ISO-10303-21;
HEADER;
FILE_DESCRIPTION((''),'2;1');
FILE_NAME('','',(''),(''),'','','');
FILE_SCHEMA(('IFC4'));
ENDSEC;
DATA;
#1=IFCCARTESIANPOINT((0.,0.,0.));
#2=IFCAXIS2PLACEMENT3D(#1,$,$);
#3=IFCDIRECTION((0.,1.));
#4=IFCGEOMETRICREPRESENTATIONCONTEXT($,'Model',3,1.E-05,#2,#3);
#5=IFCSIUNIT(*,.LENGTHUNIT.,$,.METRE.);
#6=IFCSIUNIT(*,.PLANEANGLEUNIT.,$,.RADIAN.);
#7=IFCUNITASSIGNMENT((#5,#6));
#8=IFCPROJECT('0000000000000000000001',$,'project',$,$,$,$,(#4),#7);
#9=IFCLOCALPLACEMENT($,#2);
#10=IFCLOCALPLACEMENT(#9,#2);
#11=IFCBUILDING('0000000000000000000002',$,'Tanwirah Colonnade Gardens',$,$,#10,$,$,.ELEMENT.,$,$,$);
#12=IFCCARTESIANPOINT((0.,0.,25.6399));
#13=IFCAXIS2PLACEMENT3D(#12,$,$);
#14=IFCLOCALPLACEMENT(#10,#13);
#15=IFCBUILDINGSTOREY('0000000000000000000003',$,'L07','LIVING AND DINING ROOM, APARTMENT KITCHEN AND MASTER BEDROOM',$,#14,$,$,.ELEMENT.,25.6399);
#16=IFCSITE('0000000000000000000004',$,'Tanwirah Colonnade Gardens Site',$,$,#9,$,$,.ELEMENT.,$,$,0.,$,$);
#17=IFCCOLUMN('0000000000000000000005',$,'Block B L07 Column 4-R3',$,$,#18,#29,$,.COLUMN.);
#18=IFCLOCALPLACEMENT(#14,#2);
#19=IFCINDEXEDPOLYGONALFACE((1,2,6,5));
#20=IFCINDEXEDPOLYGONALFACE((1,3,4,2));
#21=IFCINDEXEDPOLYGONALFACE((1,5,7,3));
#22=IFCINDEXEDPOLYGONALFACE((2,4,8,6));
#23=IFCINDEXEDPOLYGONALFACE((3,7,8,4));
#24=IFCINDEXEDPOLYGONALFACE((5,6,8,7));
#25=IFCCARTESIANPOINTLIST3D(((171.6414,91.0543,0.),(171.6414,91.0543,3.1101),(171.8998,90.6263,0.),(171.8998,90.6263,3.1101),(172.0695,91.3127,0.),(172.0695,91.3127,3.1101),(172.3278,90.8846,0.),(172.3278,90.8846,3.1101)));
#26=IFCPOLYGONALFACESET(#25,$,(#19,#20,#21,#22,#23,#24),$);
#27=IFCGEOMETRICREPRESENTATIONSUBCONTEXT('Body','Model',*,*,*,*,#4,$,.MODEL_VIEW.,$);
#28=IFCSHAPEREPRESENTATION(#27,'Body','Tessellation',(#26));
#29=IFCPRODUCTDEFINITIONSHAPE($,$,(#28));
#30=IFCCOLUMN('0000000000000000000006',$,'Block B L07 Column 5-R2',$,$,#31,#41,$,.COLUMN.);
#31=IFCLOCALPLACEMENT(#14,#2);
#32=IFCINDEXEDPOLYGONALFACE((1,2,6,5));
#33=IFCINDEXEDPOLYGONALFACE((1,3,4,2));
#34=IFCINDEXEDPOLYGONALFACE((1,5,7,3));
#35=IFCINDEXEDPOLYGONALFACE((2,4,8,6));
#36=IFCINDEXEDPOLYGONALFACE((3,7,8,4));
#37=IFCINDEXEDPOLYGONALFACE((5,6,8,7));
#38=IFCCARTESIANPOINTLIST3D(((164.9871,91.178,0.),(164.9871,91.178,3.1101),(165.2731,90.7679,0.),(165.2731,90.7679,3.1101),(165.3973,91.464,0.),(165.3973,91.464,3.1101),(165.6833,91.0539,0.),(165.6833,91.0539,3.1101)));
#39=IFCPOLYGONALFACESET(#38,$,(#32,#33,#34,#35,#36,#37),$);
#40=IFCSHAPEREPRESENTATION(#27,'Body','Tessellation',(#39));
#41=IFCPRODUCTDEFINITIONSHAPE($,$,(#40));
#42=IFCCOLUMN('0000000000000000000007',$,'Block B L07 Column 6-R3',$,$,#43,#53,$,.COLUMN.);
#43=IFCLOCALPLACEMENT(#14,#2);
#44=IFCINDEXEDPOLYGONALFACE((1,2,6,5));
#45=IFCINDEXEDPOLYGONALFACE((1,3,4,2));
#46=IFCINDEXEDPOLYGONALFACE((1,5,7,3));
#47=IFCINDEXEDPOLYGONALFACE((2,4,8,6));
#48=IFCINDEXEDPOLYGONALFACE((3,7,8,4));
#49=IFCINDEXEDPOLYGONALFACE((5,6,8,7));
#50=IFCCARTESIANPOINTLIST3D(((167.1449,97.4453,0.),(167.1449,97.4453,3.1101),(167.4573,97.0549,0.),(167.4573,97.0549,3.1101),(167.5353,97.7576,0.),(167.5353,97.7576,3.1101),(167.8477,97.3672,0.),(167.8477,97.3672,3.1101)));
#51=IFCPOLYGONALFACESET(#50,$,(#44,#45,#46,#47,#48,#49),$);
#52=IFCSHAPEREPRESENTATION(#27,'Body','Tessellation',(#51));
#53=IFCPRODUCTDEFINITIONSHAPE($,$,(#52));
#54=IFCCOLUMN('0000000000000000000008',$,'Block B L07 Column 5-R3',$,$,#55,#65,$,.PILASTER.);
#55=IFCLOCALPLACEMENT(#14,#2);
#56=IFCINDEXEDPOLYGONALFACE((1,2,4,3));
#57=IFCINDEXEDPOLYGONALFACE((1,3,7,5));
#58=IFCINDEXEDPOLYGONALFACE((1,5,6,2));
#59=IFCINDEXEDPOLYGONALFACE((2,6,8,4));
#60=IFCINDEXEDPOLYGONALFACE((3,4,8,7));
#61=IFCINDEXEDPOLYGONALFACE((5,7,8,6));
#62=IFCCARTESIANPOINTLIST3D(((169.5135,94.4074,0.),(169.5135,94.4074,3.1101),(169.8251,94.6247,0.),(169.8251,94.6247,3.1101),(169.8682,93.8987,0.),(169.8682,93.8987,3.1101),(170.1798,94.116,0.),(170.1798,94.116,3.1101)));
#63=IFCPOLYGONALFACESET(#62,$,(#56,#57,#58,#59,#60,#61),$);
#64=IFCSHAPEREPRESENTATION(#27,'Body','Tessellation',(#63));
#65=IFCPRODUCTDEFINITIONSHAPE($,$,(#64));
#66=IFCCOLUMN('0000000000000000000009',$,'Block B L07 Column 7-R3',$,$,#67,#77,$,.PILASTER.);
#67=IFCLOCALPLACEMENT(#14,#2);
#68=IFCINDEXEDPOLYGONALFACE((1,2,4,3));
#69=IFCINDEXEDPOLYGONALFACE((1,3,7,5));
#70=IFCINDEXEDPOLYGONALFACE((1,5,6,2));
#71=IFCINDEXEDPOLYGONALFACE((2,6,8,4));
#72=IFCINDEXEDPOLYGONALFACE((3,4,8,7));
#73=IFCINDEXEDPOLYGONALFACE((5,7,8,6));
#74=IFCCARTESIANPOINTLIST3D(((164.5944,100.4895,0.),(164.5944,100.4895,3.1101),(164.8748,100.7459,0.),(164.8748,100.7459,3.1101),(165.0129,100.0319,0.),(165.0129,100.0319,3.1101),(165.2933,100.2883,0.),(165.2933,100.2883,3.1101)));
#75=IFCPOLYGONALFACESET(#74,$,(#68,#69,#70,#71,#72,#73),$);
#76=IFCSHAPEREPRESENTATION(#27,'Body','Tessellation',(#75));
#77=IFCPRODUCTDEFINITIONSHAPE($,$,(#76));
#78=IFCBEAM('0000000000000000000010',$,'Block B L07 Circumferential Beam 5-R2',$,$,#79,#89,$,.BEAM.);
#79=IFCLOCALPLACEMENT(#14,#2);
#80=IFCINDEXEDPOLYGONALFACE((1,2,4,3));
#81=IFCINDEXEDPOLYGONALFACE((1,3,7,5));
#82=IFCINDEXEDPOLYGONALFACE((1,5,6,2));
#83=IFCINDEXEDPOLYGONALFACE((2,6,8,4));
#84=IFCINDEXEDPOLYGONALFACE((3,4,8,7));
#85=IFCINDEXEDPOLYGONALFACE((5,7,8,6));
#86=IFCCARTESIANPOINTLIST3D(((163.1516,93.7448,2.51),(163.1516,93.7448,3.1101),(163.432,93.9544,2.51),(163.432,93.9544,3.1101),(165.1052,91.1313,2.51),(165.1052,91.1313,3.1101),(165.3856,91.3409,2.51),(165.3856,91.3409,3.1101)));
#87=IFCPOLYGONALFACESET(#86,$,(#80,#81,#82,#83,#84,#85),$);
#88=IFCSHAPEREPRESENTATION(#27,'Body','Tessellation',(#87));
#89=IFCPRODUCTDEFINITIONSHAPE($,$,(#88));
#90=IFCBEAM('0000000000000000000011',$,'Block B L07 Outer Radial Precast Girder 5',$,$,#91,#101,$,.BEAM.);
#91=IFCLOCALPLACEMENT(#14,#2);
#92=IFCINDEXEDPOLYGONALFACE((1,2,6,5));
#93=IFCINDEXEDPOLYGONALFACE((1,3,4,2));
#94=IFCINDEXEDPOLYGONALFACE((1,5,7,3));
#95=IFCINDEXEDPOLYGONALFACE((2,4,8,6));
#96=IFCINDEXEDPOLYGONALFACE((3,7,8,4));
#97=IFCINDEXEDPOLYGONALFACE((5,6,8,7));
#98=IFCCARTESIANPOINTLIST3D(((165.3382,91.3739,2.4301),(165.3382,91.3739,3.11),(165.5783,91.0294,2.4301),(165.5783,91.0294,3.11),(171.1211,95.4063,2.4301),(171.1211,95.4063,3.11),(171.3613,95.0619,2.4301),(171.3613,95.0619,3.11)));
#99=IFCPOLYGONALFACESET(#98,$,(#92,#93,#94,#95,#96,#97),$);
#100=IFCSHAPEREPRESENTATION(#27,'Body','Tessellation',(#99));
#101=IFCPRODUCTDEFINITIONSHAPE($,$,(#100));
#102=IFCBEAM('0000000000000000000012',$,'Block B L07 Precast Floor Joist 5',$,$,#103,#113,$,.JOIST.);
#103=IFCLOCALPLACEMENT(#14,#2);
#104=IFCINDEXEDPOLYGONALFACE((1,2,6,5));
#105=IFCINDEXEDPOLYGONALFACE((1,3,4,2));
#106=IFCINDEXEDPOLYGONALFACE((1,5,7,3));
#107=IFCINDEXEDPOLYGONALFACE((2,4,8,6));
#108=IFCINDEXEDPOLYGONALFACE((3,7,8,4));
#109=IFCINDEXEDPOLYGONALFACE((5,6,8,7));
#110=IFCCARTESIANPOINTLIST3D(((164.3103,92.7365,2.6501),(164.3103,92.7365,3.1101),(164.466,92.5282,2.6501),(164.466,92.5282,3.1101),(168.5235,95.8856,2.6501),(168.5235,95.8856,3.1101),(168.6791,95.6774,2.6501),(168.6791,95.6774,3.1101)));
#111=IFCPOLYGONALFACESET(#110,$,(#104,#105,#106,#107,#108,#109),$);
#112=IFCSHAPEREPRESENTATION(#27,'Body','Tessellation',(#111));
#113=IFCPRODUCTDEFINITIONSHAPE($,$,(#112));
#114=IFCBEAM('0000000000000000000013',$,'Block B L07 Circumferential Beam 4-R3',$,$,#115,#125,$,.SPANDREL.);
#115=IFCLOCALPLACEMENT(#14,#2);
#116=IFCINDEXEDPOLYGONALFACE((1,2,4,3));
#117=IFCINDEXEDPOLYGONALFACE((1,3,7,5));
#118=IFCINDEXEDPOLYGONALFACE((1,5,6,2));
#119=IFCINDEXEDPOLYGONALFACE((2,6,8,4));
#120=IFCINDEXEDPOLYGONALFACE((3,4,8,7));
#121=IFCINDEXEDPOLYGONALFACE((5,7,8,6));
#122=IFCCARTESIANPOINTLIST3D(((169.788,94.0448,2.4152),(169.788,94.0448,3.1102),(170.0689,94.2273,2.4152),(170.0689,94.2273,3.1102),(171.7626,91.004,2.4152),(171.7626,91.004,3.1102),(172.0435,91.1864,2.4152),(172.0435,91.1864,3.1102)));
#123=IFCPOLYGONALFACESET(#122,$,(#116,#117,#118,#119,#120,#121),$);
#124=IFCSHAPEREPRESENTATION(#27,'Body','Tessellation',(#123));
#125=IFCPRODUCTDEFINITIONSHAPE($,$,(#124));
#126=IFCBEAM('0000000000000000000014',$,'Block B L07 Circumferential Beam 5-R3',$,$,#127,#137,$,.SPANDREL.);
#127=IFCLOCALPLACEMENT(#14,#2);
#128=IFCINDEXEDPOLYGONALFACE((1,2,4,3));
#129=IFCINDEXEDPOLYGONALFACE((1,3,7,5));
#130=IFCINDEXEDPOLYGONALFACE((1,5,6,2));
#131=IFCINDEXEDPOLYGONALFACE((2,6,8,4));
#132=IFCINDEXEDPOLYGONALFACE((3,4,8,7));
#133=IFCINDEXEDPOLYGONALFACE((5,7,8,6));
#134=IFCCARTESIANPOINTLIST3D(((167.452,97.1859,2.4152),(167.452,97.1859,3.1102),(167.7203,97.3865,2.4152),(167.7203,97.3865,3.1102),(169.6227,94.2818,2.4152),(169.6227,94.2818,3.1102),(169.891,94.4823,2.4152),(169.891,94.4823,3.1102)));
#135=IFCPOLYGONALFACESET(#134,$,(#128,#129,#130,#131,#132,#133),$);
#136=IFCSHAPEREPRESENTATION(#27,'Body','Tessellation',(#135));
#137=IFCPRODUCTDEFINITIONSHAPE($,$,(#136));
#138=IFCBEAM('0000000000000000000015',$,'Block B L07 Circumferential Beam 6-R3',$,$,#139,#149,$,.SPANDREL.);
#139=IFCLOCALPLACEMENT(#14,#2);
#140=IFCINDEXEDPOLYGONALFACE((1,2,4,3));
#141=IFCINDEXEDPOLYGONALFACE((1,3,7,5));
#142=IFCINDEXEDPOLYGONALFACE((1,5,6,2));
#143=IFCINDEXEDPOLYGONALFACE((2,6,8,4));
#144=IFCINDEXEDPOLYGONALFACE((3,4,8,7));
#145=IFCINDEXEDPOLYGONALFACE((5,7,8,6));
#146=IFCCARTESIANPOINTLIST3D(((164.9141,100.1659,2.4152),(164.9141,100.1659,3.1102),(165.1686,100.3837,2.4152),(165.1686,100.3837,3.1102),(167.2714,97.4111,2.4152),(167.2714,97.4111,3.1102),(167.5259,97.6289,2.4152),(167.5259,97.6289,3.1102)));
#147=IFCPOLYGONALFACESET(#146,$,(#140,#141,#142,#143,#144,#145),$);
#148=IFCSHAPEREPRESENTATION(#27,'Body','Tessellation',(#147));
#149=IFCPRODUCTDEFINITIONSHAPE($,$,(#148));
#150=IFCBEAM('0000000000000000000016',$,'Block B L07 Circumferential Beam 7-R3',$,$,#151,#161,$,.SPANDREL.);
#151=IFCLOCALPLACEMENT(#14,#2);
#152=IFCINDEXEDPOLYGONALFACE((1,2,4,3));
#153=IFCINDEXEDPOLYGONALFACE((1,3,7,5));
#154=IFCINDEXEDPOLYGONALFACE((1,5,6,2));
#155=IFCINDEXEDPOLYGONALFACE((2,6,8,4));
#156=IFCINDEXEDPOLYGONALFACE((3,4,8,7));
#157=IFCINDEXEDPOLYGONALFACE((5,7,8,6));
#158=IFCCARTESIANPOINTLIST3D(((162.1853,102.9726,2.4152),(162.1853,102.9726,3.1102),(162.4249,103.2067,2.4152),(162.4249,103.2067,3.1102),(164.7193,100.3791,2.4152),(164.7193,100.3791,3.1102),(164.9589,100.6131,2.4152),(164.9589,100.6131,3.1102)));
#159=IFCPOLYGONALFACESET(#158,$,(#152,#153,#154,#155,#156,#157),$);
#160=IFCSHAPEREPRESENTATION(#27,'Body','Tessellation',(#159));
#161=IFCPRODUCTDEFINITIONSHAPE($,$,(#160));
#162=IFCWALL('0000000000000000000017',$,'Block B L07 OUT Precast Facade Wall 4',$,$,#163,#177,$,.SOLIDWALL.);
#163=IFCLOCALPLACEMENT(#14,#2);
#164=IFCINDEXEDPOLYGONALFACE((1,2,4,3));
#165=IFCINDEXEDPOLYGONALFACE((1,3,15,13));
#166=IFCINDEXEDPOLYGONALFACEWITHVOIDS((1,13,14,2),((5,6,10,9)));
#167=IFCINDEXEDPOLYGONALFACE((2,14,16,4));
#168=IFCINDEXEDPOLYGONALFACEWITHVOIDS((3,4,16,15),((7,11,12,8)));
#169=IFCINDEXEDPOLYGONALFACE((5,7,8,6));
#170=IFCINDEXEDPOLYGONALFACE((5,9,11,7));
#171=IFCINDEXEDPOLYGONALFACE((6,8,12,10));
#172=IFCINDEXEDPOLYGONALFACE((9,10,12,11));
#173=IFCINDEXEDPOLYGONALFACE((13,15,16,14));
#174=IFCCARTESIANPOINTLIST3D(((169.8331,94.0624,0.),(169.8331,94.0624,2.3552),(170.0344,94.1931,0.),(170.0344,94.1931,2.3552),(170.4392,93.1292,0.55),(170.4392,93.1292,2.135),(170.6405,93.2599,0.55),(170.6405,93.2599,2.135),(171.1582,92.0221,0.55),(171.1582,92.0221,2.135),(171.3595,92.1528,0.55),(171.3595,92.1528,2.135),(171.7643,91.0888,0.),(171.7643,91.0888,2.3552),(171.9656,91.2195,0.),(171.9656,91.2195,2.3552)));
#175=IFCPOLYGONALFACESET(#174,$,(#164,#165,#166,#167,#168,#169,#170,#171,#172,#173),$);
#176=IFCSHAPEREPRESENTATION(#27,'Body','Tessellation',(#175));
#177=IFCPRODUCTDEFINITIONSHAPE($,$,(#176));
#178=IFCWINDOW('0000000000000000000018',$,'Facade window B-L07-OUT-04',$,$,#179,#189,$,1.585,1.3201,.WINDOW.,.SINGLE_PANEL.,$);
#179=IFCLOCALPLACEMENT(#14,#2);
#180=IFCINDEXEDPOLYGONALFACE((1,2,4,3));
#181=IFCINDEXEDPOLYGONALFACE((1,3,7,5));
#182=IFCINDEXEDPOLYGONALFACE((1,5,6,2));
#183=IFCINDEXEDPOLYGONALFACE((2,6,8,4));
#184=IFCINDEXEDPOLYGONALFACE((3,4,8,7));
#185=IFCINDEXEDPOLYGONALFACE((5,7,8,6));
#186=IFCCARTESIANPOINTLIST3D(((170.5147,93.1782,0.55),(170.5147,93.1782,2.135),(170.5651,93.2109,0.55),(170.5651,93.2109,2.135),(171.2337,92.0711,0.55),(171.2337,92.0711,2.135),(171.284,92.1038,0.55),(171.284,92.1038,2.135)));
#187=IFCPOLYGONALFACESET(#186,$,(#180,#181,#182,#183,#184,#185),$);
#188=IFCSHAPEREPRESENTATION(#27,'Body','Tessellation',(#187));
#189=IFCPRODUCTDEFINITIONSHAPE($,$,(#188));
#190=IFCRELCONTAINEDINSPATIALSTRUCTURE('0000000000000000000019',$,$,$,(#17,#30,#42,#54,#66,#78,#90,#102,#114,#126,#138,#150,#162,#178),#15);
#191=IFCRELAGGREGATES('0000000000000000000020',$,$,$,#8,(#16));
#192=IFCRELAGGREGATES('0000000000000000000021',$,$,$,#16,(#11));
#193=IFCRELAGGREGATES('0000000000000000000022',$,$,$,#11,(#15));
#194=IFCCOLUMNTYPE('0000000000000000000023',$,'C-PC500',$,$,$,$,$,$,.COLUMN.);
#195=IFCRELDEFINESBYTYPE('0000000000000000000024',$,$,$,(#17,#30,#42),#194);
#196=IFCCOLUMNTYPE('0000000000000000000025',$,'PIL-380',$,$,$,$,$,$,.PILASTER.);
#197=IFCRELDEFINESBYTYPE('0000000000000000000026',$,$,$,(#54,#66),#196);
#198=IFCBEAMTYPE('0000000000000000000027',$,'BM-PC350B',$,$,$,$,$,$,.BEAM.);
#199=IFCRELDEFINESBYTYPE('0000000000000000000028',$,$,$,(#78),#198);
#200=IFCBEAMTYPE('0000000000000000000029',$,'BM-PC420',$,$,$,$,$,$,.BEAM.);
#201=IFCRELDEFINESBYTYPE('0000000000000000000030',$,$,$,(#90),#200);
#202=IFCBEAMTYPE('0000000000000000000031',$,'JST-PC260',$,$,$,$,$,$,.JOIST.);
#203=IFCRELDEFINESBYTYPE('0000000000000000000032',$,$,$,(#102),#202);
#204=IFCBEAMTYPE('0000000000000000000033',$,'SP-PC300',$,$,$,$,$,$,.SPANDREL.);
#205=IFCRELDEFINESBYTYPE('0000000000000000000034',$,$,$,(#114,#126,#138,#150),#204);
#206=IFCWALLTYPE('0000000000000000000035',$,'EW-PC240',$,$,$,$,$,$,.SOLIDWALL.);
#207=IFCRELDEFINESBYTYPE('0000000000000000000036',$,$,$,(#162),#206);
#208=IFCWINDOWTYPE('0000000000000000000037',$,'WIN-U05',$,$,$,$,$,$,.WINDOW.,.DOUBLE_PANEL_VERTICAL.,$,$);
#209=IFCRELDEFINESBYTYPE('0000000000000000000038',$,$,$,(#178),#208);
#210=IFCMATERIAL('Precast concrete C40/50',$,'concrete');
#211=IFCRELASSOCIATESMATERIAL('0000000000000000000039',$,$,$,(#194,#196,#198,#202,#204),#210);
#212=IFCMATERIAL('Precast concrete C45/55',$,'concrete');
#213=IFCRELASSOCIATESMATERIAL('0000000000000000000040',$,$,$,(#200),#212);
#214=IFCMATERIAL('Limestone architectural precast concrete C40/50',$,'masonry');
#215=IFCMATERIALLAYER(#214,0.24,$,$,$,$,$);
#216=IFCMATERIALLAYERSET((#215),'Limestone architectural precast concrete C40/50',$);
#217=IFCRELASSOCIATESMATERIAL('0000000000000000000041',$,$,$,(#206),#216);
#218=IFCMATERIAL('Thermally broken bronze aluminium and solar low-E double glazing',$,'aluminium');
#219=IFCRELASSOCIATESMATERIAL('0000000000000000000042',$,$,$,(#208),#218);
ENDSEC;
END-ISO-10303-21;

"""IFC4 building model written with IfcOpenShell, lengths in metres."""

from ifc_helpers import new_model, si_unit, direction, frame, frame_2d, origin, origin_2d, place, context, subcontext, project, spatial, rectangle, extrude, material, layer, layer_set, material_profile, profile_set, type_object, element, fill, save


model = new_model("IFC4")

# Units and contexts
model_context = context("Model", 3, precision=1e-05, world=origin(), true_north=direction((0.0, 1.0)))
body_context = subcontext(model_context, "Body", "Model", "MODEL_VIEW")
ifc_project = project(units=[si_unit("LENGTHUNIT", "METRE"), si_unit("PLANEANGLEUNIT", "RADIAN")], contexts=[model_context])

# Site, building, storey
site_placement = place(None, origin())
site = spatial("IfcSite", under=ifc_project, at=site_placement, Name="Tanwirah Colonnade Gardens Site", CompositionType="ELEMENT", RefElevation=0.0)
building_placement = place(site_placement, origin())
building = spatial("IfcBuilding", under=site, at=building_placement, Name="Tanwirah Colonnade Gardens", CompositionType="ELEMENT")
storey_placement = place(building_placement, frame((0.0, 0.0, 25.6399)))
storey = spatial("IfcBuildingStorey", under=building, at=storey_placement, Name="L07", Description="LIVING AND DINING ROOM, APARTMENT KITCHEN AND MASTER BEDROOM", CompositionType="ELEMENT", Elevation=25.6399)

# Columns
ifc_material_1 = material(Name="Precast concrete C40/50", Category="concrete")
ifc_material_profile_1 = material_profile(ifc_material_1, rectangle(XDim=0.5, YDim=0.5, at=origin_2d()), Name="PC-COL 500x500")
ifc_profile_set_1 = profile_set([ifc_material_profile_1], Name="Precast concrete C40/50")
column_type_1 = type_object("IfcColumnType", Name="C-PC500", PredefinedType="COLUMN", material=ifc_profile_set_1)
for number, where, z_axis, x_axis, name in (
    (1, (171.9846, 90.9695, 0.0), (0.0, 0.0, 1.0), (0.856167, 0.516699, 0.0), "Block B L07 Column 4-R3"),
    (2, (165.3352, 91.116, 0.0), (0.0, 0.0, 1.0), (0.820263, 0.571987, 0.0), "Block B L07 Column 5-R2"),
    (3, (167.4963, 97.4062, 0.0), (0.0, 0.0, 1.0), (0.780794, 0.624789, 0.0), "Block B L07 Column 6-R3"),
):
    element("IfcColumn", number, at=place(storey_placement, frame(where, z_axis=z_axis, x_axis=x_axis)), inside=storey, type_object=column_type_1, Name=name, PredefinedType="COLUMN", context=body_context, shape_type="SweptSolid", body=[
        extrude(rectangle(XDim=0.5, YDim=0.5, at=origin_2d()), origin(), (0.0, 0.0, 1.0), 3.1101),
    ])
ifc_material_profile_2 = material_profile(ifc_material_1, rectangle(XDim=0.3799, YDim=0.6201, at=origin_2d()), Name="PC-PIL 380x620")
ifc_profile_set_2 = profile_set([ifc_material_profile_2], Name="Precast concrete C40/50")
column_type_2 = type_object("IfcColumnType", Name="PIL-380", PredefinedType="PILASTER", material=ifc_profile_set_2)
for number, where, z_axis, x_axis, name in (
    (4, (169.8467, 94.2617, 0.0), (0.0, 0.0, 1.0), (0.820263, 0.571987, 0.0), "Block B L07 Column 5-R3"),
    (5, (164.9438, 100.3889, 0.0), (0.0, 0.0, 1.0), (0.737932, 0.674875, 0.0), "Block B L07 Column 7-R3"),
):
    element("IfcColumn", number, at=place(storey_placement, frame(where, z_axis=z_axis, x_axis=x_axis)), inside=storey, type_object=column_type_2, Name=name, PredefinedType="PILASTER", context=body_context, shape_type="SweptSolid", body=[
        extrude(rectangle(XDim=0.3799, YDim=0.6201, at=origin_2d()), origin(), (0.0, 0.0, 1.0), 3.1101),
    ])

# Beams
ifc_material_profile_3 = material_profile(ifc_material_1, rectangle(XDim=0.3501, YDim=0.6001, at=origin_2d()), Name="PC-BM 350x600")
ifc_profile_set_3 = profile_set([ifc_material_profile_3], Name="Precast concrete C40/50")
beam_type_1 = type_object("IfcBeamType", Name="BM-PC350B", PredefinedType="BEAM", material=ifc_profile_set_3)
beam_1_placement = place(storey_placement, frame((165.2454, 91.2361, 2.8101), z_axis=(-0.598718, 0.80096, 0.0), x_axis=(-0.80096, -0.598718, 0.0)))
element("IfcBeam", 6, at=beam_1_placement, inside=storey, type_object=beam_type_1, Name="Block B L07 Circumferential Beam 5-R2", PredefinedType="BEAM", context=body_context, shape_type="SweptSolid", body=[
    extrude(rectangle(XDim=0.3501, YDim=0.6001, at=origin_2d()), origin(), (0.0, 0.0, 1.0), 3.2629),
])
ifc_material_2 = material(Name="Precast concrete C45/55", Category="concrete")
ifc_material_profile_4 = material_profile(ifc_material_2, rectangle(XDim=0.4199, YDim=0.6799, at=origin_2d()), Name="PC-BM 420x680")
ifc_profile_set_4 = profile_set([ifc_material_profile_4], Name="Precast concrete C45/55")
beam_type_2 = type_object("IfcBeamType", Name="BM-PC420", PredefinedType="BEAM", material=ifc_profile_set_4)
beam_2_placement = place(storey_placement, frame((165.4583, 91.2017, 2.77), z_axis=(0.82027, 0.571976, 0.0), x_axis=(-0.571976, 0.82027, 0.0)))
element("IfcBeam", 7, at=beam_2_placement, inside=storey, type_object=beam_type_2, Name="Block B L07 Outer Radial Precast Girder 5", PredefinedType="BEAM", context=body_context, shape_type="SweptSolid", body=[
    extrude(rectangle(XDim=0.4199, YDim=0.6799, at=origin_2d()), origin(), (0.0, 0.0, 1.0), 7.05),
])
ifc_material_profile_5 = material_profile(ifc_material_1, rectangle(XDim=0.26, YDim=0.46, at=origin_2d()), Name="PC-JST 260x460")
ifc_profile_set_5 = profile_set([ifc_material_profile_5], Name="Precast concrete C40/50")
beam_type_3 = type_object("IfcBeamType", Name="JST-PC260", PredefinedType="JOIST", material=ifc_profile_set_5)
beam_3_placement = place(storey_placement, frame((164.3882, 92.6323, 2.8801), z_axis=(0.800974, 0.5987, 0.0), x_axis=(-0.5987, 0.800974, 0.0)))
element("IfcBeam", 8, at=beam_3_placement, inside=storey, type_object=beam_type_3, Name="Block B L07 Precast Floor Joist 5", PredefinedType="JOIST", context=body_context, shape_type="SweptSolid", body=[
    extrude(rectangle(XDim=0.26, YDim=0.46, at=origin_2d()), origin(), (0.0, 0.0, 1.0), 5.26),
])
ifc_material_profile_6 = material_profile(ifc_material_1, rectangle(XDim=0.335, YDim=0.6951, at=origin_2d()), Name="PC-SP 335x695")
ifc_profile_set_6 = profile_set([ifc_material_profile_6], Name="Precast concrete C40/50")
beam_type_4 = type_object("IfcBeamType", Name="SP-PC300", PredefinedType="SPANDREL", material=ifc_profile_set_6)
for number, where, z_axis, x_axis, name in (
    (9, (171.9031, 91.0952, 2.7627), (-0.544621, 0.838682, 0.0), (-0.838682, -0.544621, 0.0), "Block B L07 Circumferential Beam 4-R3"),
    (10, (169.7568, 94.3821, 2.7627), (-0.598696, 0.800977, 0.0), (-0.800977, -0.598696, 0.0), "Block B L07 Circumferential Beam 5-R3"),
    (11, (167.3987, 97.52, 2.7627), (-0.65017, 0.759789, 0.0), (-0.759789, -0.65017, 0.0), "Block B L07 Circumferential Beam 6-R3"),
):
    element("IfcBeam", number, at=place(storey_placement, frame(where, z_axis=z_axis, x_axis=x_axis)), inside=storey, type_object=beam_type_4, Name=name, PredefinedType="SPANDREL", context=body_context, shape_type="SweptSolid", body=[
        extrude(rectangle(XDim=0.335, YDim=0.6951, at=origin_2d()), origin(), (0.0, 0.0, 1.0), 3.6257),
    ])
beam_4_placement = place(storey_placement, frame((164.8391, 100.4961, 2.7627), z_axis=(-0.698844, 0.715274, 0.0), x_axis=(-0.715274, -0.698844, 0.0)))
element("IfcBeam", 12, at=beam_4_placement, inside=storey, type_object=beam_type_4, Name="Block B L07 Circumferential Beam 7-R3", PredefinedType="SPANDREL", context=body_context, shape_type="SweptSolid", body=[
    extrude(rectangle(XDim=0.335, YDim=0.6951, at=origin_2d()), origin(), (0.0, 0.0, 1.0), 3.626),
])

# Wall, opening, window
ifc_material_3 = material(Name="Limestone architectural precast concrete C40/50", Category="masonry")
ifc_layer_1 = layer(ifc_material_3, 0.24)
ifc_layer_set_1 = layer_set([ifc_layer_1], Name="Limestone architectural precast concrete C40/50")
wall_type_1 = type_object("IfcWallType", Name="EW-PC240", PredefinedType="SOLIDWALL", material=ifc_layer_set_1)
wall_1_placement = place(storey_placement, frame((171.865, 91.1541, 0.0), z_axis=(0.0, 0.0, 1.0), x_axis=(-0.544649, 0.838664, 0.0)))
wall_1 = element("IfcWall", 13, at=wall_1_placement, inside=storey, type_object=wall_type_1, Name="Block B L07 OUT Precast Facade Wall 4", PredefinedType="SOLIDWALL", context=body_context, shape_type="SweptSolid", body=[
    extrude(rectangle(XDim=3.5457, YDim=0.24, at=frame_2d((1.7729, 0.0))), origin(), (0.0, 0.0, 1.0), 2.3552),
])
opening_1_placement = place(wall_1_placement, frame((1.1128, 0.0, 0.55)))
opening_1 = element("IfcOpeningElement", 14, at=opening_1_placement, cuts=wall_1, PredefinedType="OPENING", context=body_context, shape_type="SweptSolid", body=[
    extrude(rectangle(XDim=1.3201, YDim=1.585, at=frame_2d((0.6602, 0.7925))), frame((0.0, 0.1299, 0.0), z_axis=(0.0, -1.0, 0.0), x_axis=(1.0, 0.0, 0.0)), (0.0, 0.0, 1.0), 0.26),
])
ifc_material_4 = material(Name="Thermally broken bronze aluminium and solar low-E double glazing", Category="aluminium")
window_type_1 = type_object("IfcWindowType", Name="WIN-U05", PartitioningType="DOUBLE_PANEL_VERTICAL", PredefinedType="WINDOW", material=ifc_material_4)
window_1_placement = place(opening_1_placement, origin())
window_1 = element("IfcWindow", 15, at=window_1_placement, inside=storey, type_object=window_type_1, Name="Facade window B-L07-OUT-04", OverallHeight=1.585, OverallWidth=1.3201, PartitioningType="SINGLE_PANEL", PredefinedType="WINDOW", context=body_context, shape_type="SweptSolid", body=[
    extrude(rectangle(XDim=1.3201, YDim=1.585, at=frame_2d((0.6602, 0.7925))), frame((0.0, 0.03, 0.0), z_axis=(0.0, -1.0, 0.0), x_axis=(1.0, 0.0, 0.0)), (0.0, 0.0, 1.0), 0.0601),
])
fill(opening_1, window_1)

save(model, "model.ifc")
